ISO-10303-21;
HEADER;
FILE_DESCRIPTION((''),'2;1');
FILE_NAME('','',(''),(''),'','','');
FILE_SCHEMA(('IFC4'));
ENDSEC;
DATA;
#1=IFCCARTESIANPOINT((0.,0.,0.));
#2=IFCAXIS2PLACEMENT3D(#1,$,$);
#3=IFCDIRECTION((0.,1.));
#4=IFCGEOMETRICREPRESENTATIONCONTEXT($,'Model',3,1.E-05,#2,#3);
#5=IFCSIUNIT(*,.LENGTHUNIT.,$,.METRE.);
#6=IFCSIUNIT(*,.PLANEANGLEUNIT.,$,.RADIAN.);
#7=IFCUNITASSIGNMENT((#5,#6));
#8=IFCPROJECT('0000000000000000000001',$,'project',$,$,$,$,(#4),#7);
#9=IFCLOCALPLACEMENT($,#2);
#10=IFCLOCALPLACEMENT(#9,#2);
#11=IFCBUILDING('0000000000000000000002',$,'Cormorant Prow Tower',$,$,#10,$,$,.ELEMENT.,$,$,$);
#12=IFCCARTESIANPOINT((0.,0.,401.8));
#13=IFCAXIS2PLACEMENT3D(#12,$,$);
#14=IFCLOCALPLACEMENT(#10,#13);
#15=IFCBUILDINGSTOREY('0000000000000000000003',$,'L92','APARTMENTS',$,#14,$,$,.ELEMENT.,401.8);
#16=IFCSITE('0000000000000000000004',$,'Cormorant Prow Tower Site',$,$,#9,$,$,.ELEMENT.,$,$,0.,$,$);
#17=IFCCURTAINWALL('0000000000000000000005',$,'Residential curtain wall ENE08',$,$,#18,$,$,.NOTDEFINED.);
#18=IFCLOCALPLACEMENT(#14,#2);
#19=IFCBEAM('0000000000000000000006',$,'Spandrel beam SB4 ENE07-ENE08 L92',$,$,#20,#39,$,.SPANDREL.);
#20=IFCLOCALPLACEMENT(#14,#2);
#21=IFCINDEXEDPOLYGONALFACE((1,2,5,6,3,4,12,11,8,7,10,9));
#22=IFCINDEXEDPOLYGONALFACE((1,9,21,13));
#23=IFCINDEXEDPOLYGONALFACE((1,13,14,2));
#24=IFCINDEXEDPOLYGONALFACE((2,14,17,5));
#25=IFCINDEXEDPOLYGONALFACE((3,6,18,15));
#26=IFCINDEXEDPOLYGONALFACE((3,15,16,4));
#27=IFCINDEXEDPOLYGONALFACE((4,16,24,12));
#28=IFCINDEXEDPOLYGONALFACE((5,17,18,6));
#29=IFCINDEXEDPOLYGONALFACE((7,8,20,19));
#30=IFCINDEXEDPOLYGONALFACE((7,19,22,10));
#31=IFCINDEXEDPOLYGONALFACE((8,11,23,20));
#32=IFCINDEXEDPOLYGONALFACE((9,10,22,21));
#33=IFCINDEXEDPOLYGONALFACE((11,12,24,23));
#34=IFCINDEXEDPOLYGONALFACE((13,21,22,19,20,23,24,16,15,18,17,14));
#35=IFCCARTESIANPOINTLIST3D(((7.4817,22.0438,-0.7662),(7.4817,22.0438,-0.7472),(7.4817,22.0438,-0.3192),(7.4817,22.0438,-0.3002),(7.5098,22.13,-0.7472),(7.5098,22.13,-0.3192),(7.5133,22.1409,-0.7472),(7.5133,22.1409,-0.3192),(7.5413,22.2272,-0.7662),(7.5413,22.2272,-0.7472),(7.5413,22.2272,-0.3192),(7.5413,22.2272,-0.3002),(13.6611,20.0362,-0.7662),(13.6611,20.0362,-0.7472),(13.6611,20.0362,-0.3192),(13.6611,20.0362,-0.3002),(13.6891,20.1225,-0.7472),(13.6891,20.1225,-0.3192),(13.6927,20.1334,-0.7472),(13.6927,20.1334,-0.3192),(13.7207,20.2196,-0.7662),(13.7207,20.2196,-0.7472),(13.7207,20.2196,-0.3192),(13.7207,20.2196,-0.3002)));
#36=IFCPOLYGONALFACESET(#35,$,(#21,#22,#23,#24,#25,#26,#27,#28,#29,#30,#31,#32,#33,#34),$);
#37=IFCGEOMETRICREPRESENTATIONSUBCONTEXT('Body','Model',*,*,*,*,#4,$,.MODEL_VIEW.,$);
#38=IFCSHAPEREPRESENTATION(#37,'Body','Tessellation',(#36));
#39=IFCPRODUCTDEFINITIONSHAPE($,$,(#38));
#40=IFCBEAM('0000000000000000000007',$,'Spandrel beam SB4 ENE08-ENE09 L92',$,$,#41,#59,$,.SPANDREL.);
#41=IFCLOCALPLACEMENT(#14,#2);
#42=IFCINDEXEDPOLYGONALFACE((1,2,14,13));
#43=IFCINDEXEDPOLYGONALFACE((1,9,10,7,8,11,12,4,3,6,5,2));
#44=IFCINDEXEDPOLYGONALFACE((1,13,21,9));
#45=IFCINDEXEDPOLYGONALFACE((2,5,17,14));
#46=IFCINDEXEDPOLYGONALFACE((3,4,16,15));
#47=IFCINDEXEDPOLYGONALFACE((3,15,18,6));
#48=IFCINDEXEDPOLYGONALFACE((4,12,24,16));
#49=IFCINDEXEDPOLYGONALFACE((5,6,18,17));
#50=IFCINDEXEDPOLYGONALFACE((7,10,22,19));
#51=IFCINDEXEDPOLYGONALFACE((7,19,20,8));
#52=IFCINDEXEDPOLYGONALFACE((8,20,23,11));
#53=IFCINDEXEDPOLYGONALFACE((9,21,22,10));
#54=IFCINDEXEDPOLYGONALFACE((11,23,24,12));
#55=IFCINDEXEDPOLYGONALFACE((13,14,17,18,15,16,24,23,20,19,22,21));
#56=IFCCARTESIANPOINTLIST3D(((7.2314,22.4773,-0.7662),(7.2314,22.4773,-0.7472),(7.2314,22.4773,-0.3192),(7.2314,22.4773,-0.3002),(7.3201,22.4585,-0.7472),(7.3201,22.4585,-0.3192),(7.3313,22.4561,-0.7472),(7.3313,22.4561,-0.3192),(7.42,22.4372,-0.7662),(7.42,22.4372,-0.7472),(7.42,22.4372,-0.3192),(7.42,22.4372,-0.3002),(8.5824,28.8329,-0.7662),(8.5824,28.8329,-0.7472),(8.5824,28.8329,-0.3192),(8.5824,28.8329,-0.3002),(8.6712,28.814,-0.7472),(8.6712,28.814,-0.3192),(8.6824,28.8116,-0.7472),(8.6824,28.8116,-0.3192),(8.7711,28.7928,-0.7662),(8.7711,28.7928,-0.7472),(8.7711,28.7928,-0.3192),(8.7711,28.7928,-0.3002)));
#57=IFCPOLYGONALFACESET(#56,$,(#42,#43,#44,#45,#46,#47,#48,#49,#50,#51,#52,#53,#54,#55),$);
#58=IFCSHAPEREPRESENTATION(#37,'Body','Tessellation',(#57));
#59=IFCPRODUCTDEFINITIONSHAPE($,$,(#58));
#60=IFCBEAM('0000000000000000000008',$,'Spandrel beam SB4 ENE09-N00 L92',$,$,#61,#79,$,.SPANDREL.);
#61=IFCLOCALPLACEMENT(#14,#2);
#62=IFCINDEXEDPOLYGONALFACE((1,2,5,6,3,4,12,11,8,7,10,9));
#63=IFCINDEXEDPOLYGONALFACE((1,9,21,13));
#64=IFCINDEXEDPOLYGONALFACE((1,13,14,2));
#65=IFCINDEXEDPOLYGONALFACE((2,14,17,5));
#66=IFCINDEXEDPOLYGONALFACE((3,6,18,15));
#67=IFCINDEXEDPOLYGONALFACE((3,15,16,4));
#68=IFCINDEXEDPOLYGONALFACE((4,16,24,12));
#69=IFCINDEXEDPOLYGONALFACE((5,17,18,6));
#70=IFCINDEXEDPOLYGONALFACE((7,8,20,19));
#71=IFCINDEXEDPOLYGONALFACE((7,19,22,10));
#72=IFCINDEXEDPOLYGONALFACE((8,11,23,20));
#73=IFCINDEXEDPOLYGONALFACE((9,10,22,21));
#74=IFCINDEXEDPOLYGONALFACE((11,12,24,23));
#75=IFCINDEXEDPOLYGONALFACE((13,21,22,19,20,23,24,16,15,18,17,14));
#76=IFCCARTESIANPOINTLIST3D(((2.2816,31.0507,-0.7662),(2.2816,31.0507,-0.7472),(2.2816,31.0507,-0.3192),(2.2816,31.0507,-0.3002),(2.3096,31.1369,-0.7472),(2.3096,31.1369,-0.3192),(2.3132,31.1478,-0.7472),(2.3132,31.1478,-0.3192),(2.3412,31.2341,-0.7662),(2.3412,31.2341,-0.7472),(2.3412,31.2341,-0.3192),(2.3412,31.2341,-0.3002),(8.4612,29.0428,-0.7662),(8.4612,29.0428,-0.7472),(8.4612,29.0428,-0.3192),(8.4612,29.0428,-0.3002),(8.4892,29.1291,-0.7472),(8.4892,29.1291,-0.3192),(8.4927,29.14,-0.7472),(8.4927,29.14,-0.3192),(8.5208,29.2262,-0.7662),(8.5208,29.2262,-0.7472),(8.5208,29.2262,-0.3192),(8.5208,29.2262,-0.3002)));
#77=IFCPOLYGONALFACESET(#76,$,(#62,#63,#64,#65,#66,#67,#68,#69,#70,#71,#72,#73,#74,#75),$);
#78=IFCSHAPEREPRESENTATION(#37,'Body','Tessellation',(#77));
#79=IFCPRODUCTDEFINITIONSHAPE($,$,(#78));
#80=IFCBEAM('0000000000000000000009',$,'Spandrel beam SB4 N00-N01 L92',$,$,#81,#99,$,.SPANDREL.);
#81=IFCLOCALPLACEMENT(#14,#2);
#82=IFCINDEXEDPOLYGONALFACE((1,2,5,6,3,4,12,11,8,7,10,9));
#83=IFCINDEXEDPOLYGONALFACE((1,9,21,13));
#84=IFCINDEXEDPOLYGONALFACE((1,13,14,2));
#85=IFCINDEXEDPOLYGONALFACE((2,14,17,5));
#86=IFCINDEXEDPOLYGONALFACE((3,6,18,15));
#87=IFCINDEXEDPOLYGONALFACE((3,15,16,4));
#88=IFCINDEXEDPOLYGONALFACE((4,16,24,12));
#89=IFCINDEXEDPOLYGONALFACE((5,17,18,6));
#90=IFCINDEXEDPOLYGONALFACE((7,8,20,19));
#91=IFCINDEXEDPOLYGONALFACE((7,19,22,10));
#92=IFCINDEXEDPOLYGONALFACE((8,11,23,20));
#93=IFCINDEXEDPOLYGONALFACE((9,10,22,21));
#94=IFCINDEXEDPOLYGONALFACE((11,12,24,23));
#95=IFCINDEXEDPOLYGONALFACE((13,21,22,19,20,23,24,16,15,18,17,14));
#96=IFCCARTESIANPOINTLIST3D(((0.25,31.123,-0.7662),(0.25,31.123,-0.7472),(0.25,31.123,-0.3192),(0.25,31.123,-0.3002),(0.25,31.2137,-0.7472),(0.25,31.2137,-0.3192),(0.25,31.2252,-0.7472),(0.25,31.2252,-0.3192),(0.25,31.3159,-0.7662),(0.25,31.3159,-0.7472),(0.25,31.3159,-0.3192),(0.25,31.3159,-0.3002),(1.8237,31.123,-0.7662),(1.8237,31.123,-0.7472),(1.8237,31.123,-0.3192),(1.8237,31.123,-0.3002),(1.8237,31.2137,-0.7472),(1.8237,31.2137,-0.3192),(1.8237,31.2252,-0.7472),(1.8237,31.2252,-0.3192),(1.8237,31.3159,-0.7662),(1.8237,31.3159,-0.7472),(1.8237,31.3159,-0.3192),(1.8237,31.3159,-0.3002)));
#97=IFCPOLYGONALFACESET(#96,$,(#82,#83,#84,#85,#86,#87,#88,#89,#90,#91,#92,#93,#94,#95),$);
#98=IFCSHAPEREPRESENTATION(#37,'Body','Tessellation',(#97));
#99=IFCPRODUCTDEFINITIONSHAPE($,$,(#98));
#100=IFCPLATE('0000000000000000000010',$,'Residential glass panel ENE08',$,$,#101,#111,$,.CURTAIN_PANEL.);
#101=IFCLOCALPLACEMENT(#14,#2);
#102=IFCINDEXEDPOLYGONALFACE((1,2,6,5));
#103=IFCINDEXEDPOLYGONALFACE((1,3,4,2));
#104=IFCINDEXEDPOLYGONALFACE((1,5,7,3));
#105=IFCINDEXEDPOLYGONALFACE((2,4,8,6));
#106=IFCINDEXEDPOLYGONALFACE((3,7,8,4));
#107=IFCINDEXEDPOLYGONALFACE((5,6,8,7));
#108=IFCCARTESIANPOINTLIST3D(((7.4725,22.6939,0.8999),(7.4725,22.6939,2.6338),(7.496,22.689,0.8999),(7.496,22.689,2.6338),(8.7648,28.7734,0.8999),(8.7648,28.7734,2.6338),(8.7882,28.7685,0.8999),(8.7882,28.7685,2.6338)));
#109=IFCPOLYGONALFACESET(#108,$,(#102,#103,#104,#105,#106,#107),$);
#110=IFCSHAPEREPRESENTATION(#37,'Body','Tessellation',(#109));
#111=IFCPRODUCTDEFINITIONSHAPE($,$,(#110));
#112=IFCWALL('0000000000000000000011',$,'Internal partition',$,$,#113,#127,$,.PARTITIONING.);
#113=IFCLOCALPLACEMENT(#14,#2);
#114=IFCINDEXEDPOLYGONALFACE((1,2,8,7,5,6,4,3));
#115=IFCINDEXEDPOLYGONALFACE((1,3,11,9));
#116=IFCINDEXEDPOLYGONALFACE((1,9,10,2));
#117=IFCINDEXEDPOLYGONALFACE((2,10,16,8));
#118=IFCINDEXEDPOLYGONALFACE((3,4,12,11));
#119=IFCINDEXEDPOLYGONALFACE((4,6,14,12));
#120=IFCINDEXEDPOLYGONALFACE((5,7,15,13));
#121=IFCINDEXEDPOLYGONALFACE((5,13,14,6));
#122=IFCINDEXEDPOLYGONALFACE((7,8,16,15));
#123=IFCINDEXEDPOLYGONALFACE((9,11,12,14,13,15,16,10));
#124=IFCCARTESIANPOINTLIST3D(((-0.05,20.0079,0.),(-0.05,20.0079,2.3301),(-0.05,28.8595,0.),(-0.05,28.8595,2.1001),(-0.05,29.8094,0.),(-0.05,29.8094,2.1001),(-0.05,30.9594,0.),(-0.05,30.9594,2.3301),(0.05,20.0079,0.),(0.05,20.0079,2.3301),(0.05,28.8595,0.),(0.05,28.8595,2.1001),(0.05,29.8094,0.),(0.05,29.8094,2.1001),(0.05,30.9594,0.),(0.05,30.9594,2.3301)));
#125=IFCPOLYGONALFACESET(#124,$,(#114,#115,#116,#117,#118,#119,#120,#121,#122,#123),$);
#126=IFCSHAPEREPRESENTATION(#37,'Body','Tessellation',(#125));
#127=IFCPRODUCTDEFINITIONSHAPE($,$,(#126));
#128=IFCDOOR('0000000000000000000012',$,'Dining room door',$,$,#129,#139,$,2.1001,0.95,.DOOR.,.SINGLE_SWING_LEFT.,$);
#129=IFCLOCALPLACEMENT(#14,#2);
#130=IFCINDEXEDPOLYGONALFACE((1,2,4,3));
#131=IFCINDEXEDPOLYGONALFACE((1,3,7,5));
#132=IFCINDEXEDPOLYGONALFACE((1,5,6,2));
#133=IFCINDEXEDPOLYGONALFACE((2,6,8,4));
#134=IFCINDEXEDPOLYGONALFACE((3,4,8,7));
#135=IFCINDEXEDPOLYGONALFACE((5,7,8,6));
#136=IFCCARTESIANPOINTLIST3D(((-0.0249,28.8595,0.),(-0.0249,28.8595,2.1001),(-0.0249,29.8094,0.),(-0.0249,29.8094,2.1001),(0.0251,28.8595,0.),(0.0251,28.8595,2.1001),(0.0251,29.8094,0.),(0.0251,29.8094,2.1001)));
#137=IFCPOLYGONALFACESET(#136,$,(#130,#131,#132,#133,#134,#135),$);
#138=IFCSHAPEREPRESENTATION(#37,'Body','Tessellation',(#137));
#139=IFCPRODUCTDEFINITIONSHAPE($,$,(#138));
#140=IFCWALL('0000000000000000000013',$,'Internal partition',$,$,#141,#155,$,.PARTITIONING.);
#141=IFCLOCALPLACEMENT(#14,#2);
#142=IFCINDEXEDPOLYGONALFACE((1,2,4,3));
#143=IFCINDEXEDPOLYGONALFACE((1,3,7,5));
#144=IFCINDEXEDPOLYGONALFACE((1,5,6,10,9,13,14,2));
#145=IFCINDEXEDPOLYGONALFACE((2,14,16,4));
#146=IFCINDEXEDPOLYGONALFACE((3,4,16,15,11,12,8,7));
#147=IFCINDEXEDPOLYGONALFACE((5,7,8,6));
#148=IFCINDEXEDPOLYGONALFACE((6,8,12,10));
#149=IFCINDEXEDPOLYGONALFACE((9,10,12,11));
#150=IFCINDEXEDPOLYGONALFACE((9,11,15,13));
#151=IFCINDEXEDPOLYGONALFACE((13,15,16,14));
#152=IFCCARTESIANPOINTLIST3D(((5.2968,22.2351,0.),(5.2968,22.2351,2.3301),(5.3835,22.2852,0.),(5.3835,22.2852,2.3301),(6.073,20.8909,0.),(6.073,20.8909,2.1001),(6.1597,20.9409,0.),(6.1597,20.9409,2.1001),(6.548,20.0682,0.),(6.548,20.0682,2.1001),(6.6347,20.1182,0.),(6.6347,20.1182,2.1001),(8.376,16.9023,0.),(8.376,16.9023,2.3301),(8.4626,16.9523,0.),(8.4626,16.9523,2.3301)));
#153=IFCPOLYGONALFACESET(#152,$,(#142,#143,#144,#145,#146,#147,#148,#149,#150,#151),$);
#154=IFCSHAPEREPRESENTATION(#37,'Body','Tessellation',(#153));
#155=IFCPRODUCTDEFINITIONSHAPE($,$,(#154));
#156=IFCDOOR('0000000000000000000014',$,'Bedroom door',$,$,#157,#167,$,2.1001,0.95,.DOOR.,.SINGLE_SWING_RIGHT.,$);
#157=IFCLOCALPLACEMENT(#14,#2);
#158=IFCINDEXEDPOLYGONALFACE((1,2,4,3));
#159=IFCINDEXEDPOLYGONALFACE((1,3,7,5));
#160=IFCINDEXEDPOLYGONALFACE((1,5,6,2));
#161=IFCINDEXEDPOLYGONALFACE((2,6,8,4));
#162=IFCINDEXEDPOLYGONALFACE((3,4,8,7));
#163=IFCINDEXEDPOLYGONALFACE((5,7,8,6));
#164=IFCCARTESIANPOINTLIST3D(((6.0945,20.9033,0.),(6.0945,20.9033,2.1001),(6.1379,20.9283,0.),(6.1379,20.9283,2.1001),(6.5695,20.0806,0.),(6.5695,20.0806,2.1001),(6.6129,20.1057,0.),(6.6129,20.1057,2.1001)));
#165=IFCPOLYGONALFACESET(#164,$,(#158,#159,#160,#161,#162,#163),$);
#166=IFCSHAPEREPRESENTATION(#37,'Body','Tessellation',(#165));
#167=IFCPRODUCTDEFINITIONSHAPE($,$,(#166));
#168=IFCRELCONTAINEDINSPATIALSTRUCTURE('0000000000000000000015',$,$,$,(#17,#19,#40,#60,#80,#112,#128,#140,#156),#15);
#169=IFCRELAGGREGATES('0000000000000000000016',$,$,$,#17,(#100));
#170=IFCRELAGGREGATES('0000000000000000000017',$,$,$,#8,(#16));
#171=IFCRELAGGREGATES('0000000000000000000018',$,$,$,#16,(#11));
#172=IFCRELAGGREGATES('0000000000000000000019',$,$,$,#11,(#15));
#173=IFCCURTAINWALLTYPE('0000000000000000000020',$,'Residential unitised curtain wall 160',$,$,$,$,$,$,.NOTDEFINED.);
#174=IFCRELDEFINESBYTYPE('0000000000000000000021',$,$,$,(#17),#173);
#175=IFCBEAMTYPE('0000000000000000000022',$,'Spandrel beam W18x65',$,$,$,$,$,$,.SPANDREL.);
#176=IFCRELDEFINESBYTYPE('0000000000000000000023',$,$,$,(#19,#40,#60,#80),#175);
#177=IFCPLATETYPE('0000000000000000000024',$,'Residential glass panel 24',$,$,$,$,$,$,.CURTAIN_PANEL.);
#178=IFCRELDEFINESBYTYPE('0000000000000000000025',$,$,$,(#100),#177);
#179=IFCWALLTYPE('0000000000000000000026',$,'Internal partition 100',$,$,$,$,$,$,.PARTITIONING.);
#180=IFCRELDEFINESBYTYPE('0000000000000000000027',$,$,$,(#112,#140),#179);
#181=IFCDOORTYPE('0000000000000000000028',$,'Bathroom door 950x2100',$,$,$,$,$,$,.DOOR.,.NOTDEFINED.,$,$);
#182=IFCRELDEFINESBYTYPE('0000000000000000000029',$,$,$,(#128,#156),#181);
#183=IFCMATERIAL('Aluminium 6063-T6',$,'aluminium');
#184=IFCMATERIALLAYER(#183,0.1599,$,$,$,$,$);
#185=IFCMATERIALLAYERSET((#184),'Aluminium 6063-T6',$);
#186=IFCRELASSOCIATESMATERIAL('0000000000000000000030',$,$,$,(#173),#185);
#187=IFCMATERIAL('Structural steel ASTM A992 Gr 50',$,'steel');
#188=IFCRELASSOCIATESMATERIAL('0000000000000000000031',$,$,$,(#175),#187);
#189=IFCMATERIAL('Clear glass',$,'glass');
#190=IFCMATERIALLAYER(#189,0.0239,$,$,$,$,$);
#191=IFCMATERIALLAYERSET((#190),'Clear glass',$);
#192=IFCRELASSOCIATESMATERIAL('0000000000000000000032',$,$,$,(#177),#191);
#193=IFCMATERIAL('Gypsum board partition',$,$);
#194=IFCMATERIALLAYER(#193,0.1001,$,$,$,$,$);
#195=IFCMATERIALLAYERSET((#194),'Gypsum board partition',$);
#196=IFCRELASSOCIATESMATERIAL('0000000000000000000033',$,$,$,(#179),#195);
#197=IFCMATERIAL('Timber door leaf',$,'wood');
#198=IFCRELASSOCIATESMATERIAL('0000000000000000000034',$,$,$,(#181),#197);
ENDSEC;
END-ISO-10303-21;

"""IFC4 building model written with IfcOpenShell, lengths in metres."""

from ifc_helpers import new_model, si_unit, direction, frame, frame_2d, origin, origin_2d, place, context, subcontext, project, spatial, rectangle, i_section, extrude, material, layer, layer_set, material_profile, profile_set, type_object, element, fill, aggregate, save


model = new_model("IFC4")

# Units and contexts
model_context = context("Model", 3, precision=1e-05, world=origin(), true_north=direction((0.0, 1.0)))
body_context = subcontext(model_context, "Body", "Model", "MODEL_VIEW")
ifc_project = project(units=[si_unit("LENGTHUNIT", "METRE"), si_unit("PLANEANGLEUNIT", "RADIAN")], contexts=[model_context])

# Site, building, storey
site_placement = place(None, origin())
site = spatial("IfcSite", under=ifc_project, at=site_placement, Name="Cormorant Prow Tower Site", CompositionType="ELEMENT", RefElevation=0.0)
building_placement = place(site_placement, origin())
building = spatial("IfcBuilding", under=site, at=building_placement, Name="Cormorant Prow Tower", CompositionType="ELEMENT")
storey_placement = place(building_placement, frame((0.0, 0.0, 401.8)))
storey = spatial("IfcBuildingStorey", under=building, at=storey_placement, Name="L92", Description="APARTMENTS", CompositionType="ELEMENT", Elevation=401.8)

# Curtain wall
ifc_material_1 = material(Name="Aluminium 6063-T6", Category="aluminium")
ifc_layer_1 = layer(ifc_material_1, 0.1599)
ifc_layer_set_1 = layer_set([ifc_layer_1], Name="Aluminium 6063-T6")
curtain_wall_type = type_object("IfcCurtainWallType", Name="Residential unitised curtain wall 160", PredefinedType="NOTDEFINED", material=ifc_layer_set_1)
curtain_wall_placement = place(storey_placement, origin())
curtain_wall = element("IfcCurtainWall", 1, at=curtain_wall_placement, inside=storey, type_object=curtain_wall_type, Name="Residential curtain wall ENE08", PredefinedType="NOTDEFINED")

# Beams
ifc_material_2 = material(Name="Structural steel ASTM A992 Gr 50", Category="steel")
ifc_material_profile_1 = material_profile(ifc_material_2, i_section(OverallWidth=0.1929, OverallDepth=0.4661, WebThickness=0.0115, FlangeThickness=0.019, at=origin_2d()), Name="W18x65")
ifc_profile_set_1 = profile_set([ifc_material_profile_1], Name="Structural steel ASTM A992 Gr 50")
beam_type_1 = type_object("IfcBeamType", Name="Spandrel beam W18x65", PredefinedType="SPANDREL", material=ifc_profile_set_1)
beam_1_placement = place(storey_placement, frame((13.6909, 20.1279, -0.5332), z_axis=(-0.951068, 0.308982, 0.0), x_axis=(-0.308982, -0.951068, 0.0)))
element("IfcBeam", 2, at=beam_1_placement, inside=storey, type_object=beam_type_1, Name="Spandrel beam SB4 ENE07-ENE08 L92", PredefinedType="SPANDREL", context=body_context, shape_type="SweptSolid", body=[
    extrude(i_section(OverallWidth=0.1929, OverallDepth=0.4661, WebThickness=0.0115, FlangeThickness=0.019, at=origin_2d()), origin(), (0.0, 0.0, 1.0), 6.4973),
])
for number, where, z_axis, x_axis, name in (
    (3, (7.3257, 22.4573, -0.5332), (0.207938, 0.978142, 0.0), (-0.978142, 0.207938, 0.0), "Spandrel beam SB4 ENE08-ENE09 L92"),
    (4, (8.491, 29.1345, -0.5332), (-0.951057, 0.309016, 0.0), (-0.309016, -0.951057, 0.0), "Spandrel beam SB4 ENE09-N00 L92"),
):
    element("IfcBeam", number, at=place(storey_placement, frame(where, z_axis=z_axis, x_axis=x_axis)), inside=storey, type_object=beam_type_1, Name=name, PredefinedType="SPANDREL", context=body_context, shape_type="SweptSolid", body=[
        extrude(i_section(OverallWidth=0.1929, OverallDepth=0.4661, WebThickness=0.0115, FlangeThickness=0.019, at=origin_2d()), origin(), (0.0, 0.0, 1.0), 6.4976),
    ])
beam_2_placement = place(storey_placement, frame((1.8237, 31.2195, -0.5332), z_axis=(-1.0, 0.0, 0.0), x_axis=(0.0, -1.0, 0.0)))
element("IfcBeam", 5, at=beam_2_placement, inside=storey, type_object=beam_type_1, Name="Spandrel beam SB4 N00-N01 L92", PredefinedType="SPANDREL", context=body_context, shape_type="SweptSolid", body=[
    extrude(i_section(OverallWidth=0.1929, OverallDepth=0.4661, WebThickness=0.0115, FlangeThickness=0.019, at=origin_2d()), origin(), (0.0, 0.0, 1.0), 1.5737),
])

# Plate
ifc_material_3 = material(Name="Clear glass", Category="glass")
ifc_layer_2 = layer(ifc_material_3, 0.0239)
ifc_layer_set_2 = layer_set([ifc_layer_2], Name="Clear glass")
plate_type = type_object("IfcPlateType", Name="Residential glass panel 24", PredefinedType="CURTAIN_PANEL", material=ifc_layer_set_2)
plate_placement = place(storey_placement, frame((8.1304, 25.7312, 0.8999), z_axis=(0.0, 0.0, 1.0), x_axis=(0.207912, 0.978148, 0.0)))
plate = element("IfcPlate", 6, at=plate_placement, type_object=plate_type, Name="Residential glass panel ENE08", PredefinedType="CURTAIN_PANEL", context=body_context, shape_type="SweptSolid", body=[
    extrude(rectangle(XDim=6.2153, YDim=0.0239, at=origin_2d()), origin(), (0.0, 0.0, 1.0), 1.7339),
])
aggregate(curtain_wall, [plate])

# Walls, openings, doors
ifc_material_4 = material(Name="Gypsum board partition")
ifc_layer_3 = layer(ifc_material_4, 0.1001)
ifc_layer_set_3 = layer_set([ifc_layer_3], Name="Gypsum board partition")
wall_type_1 = type_object("IfcWallType", Name="Internal partition 100", PredefinedType="PARTITIONING", material=ifc_layer_set_3)
wall_1_placement = place(storey_placement, frame((0.0, 20.0081, 0.0), z_axis=(0.0, 0.0, 1.0), x_axis=(0.0, 1.0, 0.0)))
wall_1 = element("IfcWall", 7, at=wall_1_placement, inside=storey, type_object=wall_type_1, Name="Internal partition", PredefinedType="PARTITIONING", context=body_context, shape_type="SweptSolid", body=[
    extrude(rectangle(XDim=10.9514, YDim=0.1001, at=frame_2d((5.4756, 0.0))), origin(), (0.0, 0.0, 1.0), 2.3301),
])
opening_1_placement = place(wall_1_placement, frame((8.8513, 0.0, 0.0)))
opening_1 = element("IfcOpeningElement", 8, at=opening_1_placement, cuts=wall_1, PredefinedType="OPENING", context=body_context, shape_type="SweptSolid", body=[
    extrude(rectangle(XDim=0.95, YDim=2.1001, at=frame_2d((0.4751, 1.05))), frame((0.0, 0.0601, 0.0), z_axis=(0.0, -1.0, 0.0), x_axis=(1.0, 0.0, 0.0)), (0.0, 0.0, 1.0), 0.1201),
])
ifc_material_5 = material(Name="Timber door leaf", Category="wood")
door_type_1 = type_object("IfcDoorType", Name="Bathroom door 950x2100", OperationType="NOTDEFINED", PredefinedType="DOOR", material=ifc_material_5)
door_1_placement = place(opening_1_placement, origin())
door_1 = element("IfcDoor", 9, at=door_1_placement, inside=storey, type_object=door_type_1, Name="Dining room door", OperationType="SINGLE_SWING_LEFT", OverallHeight=2.1001, OverallWidth=0.95, PredefinedType="DOOR", context=body_context, shape_type="SweptSolid", body=[
    extrude(rectangle(XDim=0.95, YDim=2.1001, at=frame_2d((0.4751, 1.05))), frame((0.0, 0.0249, 0.0), z_axis=(0.0, -1.0, 0.0), x_axis=(1.0, 0.0, 0.0)), (0.0, 0.0, 1.0), 0.05),
])
fill(opening_1, door_1)
wall_2_placement = place(storey_placement, frame((5.3401, 22.2603, 0.0), z_axis=(0.0, 0.0, 1.0), x_axis=(0.500028, -0.866009, 0.0)))
wall_2 = element("IfcWall", 10, at=wall_2_placement, inside=storey, type_object=wall_type_1, Name="Internal partition", PredefinedType="PARTITIONING", context=body_context, shape_type="SweptSolid", body=[
    extrude(rectangle(XDim=6.158, YDim=0.1001, at=frame_2d((3.0791, 0.0))), origin(), (0.0, 0.0, 1.0), 2.3301),
])
opening_2_placement = place(wall_2_placement, frame((1.5522, 0.0, 0.0)))
opening_2 = element("IfcOpeningElement", 11, at=opening_2_placement, cuts=wall_2, PredefinedType="OPENING", context=body_context, shape_type="SweptSolid", body=[
    extrude(rectangle(XDim=0.95, YDim=2.1001, at=frame_2d((0.4751, 1.05))), frame((0.0, 0.0601, 0.0), z_axis=(0.0, -1.0, 0.0), x_axis=(1.0, 0.0, 0.0)), (0.0, 0.0, 1.0), 0.1201),
])
door_2_placement = place(opening_2_placement, origin())
door_2 = element("IfcDoor", 12, at=door_2_placement, inside=storey, type_object=door_type_1, Name="Bedroom door", OperationType="SINGLE_SWING_RIGHT", OverallHeight=2.1001, OverallWidth=0.95, PredefinedType="DOOR", context=body_context, shape_type="SweptSolid", body=[
    extrude(rectangle(XDim=0.95, YDim=2.1001, at=frame_2d((0.4751, 1.05))), frame((0.0, 0.0249, 0.0), z_axis=(0.0, -1.0, 0.0), x_axis=(1.0, 0.0, 0.0)), (0.0, 0.0, 1.0), 0.05),
])
fill(opening_2, door_2)

save(model, "model.ifc")
